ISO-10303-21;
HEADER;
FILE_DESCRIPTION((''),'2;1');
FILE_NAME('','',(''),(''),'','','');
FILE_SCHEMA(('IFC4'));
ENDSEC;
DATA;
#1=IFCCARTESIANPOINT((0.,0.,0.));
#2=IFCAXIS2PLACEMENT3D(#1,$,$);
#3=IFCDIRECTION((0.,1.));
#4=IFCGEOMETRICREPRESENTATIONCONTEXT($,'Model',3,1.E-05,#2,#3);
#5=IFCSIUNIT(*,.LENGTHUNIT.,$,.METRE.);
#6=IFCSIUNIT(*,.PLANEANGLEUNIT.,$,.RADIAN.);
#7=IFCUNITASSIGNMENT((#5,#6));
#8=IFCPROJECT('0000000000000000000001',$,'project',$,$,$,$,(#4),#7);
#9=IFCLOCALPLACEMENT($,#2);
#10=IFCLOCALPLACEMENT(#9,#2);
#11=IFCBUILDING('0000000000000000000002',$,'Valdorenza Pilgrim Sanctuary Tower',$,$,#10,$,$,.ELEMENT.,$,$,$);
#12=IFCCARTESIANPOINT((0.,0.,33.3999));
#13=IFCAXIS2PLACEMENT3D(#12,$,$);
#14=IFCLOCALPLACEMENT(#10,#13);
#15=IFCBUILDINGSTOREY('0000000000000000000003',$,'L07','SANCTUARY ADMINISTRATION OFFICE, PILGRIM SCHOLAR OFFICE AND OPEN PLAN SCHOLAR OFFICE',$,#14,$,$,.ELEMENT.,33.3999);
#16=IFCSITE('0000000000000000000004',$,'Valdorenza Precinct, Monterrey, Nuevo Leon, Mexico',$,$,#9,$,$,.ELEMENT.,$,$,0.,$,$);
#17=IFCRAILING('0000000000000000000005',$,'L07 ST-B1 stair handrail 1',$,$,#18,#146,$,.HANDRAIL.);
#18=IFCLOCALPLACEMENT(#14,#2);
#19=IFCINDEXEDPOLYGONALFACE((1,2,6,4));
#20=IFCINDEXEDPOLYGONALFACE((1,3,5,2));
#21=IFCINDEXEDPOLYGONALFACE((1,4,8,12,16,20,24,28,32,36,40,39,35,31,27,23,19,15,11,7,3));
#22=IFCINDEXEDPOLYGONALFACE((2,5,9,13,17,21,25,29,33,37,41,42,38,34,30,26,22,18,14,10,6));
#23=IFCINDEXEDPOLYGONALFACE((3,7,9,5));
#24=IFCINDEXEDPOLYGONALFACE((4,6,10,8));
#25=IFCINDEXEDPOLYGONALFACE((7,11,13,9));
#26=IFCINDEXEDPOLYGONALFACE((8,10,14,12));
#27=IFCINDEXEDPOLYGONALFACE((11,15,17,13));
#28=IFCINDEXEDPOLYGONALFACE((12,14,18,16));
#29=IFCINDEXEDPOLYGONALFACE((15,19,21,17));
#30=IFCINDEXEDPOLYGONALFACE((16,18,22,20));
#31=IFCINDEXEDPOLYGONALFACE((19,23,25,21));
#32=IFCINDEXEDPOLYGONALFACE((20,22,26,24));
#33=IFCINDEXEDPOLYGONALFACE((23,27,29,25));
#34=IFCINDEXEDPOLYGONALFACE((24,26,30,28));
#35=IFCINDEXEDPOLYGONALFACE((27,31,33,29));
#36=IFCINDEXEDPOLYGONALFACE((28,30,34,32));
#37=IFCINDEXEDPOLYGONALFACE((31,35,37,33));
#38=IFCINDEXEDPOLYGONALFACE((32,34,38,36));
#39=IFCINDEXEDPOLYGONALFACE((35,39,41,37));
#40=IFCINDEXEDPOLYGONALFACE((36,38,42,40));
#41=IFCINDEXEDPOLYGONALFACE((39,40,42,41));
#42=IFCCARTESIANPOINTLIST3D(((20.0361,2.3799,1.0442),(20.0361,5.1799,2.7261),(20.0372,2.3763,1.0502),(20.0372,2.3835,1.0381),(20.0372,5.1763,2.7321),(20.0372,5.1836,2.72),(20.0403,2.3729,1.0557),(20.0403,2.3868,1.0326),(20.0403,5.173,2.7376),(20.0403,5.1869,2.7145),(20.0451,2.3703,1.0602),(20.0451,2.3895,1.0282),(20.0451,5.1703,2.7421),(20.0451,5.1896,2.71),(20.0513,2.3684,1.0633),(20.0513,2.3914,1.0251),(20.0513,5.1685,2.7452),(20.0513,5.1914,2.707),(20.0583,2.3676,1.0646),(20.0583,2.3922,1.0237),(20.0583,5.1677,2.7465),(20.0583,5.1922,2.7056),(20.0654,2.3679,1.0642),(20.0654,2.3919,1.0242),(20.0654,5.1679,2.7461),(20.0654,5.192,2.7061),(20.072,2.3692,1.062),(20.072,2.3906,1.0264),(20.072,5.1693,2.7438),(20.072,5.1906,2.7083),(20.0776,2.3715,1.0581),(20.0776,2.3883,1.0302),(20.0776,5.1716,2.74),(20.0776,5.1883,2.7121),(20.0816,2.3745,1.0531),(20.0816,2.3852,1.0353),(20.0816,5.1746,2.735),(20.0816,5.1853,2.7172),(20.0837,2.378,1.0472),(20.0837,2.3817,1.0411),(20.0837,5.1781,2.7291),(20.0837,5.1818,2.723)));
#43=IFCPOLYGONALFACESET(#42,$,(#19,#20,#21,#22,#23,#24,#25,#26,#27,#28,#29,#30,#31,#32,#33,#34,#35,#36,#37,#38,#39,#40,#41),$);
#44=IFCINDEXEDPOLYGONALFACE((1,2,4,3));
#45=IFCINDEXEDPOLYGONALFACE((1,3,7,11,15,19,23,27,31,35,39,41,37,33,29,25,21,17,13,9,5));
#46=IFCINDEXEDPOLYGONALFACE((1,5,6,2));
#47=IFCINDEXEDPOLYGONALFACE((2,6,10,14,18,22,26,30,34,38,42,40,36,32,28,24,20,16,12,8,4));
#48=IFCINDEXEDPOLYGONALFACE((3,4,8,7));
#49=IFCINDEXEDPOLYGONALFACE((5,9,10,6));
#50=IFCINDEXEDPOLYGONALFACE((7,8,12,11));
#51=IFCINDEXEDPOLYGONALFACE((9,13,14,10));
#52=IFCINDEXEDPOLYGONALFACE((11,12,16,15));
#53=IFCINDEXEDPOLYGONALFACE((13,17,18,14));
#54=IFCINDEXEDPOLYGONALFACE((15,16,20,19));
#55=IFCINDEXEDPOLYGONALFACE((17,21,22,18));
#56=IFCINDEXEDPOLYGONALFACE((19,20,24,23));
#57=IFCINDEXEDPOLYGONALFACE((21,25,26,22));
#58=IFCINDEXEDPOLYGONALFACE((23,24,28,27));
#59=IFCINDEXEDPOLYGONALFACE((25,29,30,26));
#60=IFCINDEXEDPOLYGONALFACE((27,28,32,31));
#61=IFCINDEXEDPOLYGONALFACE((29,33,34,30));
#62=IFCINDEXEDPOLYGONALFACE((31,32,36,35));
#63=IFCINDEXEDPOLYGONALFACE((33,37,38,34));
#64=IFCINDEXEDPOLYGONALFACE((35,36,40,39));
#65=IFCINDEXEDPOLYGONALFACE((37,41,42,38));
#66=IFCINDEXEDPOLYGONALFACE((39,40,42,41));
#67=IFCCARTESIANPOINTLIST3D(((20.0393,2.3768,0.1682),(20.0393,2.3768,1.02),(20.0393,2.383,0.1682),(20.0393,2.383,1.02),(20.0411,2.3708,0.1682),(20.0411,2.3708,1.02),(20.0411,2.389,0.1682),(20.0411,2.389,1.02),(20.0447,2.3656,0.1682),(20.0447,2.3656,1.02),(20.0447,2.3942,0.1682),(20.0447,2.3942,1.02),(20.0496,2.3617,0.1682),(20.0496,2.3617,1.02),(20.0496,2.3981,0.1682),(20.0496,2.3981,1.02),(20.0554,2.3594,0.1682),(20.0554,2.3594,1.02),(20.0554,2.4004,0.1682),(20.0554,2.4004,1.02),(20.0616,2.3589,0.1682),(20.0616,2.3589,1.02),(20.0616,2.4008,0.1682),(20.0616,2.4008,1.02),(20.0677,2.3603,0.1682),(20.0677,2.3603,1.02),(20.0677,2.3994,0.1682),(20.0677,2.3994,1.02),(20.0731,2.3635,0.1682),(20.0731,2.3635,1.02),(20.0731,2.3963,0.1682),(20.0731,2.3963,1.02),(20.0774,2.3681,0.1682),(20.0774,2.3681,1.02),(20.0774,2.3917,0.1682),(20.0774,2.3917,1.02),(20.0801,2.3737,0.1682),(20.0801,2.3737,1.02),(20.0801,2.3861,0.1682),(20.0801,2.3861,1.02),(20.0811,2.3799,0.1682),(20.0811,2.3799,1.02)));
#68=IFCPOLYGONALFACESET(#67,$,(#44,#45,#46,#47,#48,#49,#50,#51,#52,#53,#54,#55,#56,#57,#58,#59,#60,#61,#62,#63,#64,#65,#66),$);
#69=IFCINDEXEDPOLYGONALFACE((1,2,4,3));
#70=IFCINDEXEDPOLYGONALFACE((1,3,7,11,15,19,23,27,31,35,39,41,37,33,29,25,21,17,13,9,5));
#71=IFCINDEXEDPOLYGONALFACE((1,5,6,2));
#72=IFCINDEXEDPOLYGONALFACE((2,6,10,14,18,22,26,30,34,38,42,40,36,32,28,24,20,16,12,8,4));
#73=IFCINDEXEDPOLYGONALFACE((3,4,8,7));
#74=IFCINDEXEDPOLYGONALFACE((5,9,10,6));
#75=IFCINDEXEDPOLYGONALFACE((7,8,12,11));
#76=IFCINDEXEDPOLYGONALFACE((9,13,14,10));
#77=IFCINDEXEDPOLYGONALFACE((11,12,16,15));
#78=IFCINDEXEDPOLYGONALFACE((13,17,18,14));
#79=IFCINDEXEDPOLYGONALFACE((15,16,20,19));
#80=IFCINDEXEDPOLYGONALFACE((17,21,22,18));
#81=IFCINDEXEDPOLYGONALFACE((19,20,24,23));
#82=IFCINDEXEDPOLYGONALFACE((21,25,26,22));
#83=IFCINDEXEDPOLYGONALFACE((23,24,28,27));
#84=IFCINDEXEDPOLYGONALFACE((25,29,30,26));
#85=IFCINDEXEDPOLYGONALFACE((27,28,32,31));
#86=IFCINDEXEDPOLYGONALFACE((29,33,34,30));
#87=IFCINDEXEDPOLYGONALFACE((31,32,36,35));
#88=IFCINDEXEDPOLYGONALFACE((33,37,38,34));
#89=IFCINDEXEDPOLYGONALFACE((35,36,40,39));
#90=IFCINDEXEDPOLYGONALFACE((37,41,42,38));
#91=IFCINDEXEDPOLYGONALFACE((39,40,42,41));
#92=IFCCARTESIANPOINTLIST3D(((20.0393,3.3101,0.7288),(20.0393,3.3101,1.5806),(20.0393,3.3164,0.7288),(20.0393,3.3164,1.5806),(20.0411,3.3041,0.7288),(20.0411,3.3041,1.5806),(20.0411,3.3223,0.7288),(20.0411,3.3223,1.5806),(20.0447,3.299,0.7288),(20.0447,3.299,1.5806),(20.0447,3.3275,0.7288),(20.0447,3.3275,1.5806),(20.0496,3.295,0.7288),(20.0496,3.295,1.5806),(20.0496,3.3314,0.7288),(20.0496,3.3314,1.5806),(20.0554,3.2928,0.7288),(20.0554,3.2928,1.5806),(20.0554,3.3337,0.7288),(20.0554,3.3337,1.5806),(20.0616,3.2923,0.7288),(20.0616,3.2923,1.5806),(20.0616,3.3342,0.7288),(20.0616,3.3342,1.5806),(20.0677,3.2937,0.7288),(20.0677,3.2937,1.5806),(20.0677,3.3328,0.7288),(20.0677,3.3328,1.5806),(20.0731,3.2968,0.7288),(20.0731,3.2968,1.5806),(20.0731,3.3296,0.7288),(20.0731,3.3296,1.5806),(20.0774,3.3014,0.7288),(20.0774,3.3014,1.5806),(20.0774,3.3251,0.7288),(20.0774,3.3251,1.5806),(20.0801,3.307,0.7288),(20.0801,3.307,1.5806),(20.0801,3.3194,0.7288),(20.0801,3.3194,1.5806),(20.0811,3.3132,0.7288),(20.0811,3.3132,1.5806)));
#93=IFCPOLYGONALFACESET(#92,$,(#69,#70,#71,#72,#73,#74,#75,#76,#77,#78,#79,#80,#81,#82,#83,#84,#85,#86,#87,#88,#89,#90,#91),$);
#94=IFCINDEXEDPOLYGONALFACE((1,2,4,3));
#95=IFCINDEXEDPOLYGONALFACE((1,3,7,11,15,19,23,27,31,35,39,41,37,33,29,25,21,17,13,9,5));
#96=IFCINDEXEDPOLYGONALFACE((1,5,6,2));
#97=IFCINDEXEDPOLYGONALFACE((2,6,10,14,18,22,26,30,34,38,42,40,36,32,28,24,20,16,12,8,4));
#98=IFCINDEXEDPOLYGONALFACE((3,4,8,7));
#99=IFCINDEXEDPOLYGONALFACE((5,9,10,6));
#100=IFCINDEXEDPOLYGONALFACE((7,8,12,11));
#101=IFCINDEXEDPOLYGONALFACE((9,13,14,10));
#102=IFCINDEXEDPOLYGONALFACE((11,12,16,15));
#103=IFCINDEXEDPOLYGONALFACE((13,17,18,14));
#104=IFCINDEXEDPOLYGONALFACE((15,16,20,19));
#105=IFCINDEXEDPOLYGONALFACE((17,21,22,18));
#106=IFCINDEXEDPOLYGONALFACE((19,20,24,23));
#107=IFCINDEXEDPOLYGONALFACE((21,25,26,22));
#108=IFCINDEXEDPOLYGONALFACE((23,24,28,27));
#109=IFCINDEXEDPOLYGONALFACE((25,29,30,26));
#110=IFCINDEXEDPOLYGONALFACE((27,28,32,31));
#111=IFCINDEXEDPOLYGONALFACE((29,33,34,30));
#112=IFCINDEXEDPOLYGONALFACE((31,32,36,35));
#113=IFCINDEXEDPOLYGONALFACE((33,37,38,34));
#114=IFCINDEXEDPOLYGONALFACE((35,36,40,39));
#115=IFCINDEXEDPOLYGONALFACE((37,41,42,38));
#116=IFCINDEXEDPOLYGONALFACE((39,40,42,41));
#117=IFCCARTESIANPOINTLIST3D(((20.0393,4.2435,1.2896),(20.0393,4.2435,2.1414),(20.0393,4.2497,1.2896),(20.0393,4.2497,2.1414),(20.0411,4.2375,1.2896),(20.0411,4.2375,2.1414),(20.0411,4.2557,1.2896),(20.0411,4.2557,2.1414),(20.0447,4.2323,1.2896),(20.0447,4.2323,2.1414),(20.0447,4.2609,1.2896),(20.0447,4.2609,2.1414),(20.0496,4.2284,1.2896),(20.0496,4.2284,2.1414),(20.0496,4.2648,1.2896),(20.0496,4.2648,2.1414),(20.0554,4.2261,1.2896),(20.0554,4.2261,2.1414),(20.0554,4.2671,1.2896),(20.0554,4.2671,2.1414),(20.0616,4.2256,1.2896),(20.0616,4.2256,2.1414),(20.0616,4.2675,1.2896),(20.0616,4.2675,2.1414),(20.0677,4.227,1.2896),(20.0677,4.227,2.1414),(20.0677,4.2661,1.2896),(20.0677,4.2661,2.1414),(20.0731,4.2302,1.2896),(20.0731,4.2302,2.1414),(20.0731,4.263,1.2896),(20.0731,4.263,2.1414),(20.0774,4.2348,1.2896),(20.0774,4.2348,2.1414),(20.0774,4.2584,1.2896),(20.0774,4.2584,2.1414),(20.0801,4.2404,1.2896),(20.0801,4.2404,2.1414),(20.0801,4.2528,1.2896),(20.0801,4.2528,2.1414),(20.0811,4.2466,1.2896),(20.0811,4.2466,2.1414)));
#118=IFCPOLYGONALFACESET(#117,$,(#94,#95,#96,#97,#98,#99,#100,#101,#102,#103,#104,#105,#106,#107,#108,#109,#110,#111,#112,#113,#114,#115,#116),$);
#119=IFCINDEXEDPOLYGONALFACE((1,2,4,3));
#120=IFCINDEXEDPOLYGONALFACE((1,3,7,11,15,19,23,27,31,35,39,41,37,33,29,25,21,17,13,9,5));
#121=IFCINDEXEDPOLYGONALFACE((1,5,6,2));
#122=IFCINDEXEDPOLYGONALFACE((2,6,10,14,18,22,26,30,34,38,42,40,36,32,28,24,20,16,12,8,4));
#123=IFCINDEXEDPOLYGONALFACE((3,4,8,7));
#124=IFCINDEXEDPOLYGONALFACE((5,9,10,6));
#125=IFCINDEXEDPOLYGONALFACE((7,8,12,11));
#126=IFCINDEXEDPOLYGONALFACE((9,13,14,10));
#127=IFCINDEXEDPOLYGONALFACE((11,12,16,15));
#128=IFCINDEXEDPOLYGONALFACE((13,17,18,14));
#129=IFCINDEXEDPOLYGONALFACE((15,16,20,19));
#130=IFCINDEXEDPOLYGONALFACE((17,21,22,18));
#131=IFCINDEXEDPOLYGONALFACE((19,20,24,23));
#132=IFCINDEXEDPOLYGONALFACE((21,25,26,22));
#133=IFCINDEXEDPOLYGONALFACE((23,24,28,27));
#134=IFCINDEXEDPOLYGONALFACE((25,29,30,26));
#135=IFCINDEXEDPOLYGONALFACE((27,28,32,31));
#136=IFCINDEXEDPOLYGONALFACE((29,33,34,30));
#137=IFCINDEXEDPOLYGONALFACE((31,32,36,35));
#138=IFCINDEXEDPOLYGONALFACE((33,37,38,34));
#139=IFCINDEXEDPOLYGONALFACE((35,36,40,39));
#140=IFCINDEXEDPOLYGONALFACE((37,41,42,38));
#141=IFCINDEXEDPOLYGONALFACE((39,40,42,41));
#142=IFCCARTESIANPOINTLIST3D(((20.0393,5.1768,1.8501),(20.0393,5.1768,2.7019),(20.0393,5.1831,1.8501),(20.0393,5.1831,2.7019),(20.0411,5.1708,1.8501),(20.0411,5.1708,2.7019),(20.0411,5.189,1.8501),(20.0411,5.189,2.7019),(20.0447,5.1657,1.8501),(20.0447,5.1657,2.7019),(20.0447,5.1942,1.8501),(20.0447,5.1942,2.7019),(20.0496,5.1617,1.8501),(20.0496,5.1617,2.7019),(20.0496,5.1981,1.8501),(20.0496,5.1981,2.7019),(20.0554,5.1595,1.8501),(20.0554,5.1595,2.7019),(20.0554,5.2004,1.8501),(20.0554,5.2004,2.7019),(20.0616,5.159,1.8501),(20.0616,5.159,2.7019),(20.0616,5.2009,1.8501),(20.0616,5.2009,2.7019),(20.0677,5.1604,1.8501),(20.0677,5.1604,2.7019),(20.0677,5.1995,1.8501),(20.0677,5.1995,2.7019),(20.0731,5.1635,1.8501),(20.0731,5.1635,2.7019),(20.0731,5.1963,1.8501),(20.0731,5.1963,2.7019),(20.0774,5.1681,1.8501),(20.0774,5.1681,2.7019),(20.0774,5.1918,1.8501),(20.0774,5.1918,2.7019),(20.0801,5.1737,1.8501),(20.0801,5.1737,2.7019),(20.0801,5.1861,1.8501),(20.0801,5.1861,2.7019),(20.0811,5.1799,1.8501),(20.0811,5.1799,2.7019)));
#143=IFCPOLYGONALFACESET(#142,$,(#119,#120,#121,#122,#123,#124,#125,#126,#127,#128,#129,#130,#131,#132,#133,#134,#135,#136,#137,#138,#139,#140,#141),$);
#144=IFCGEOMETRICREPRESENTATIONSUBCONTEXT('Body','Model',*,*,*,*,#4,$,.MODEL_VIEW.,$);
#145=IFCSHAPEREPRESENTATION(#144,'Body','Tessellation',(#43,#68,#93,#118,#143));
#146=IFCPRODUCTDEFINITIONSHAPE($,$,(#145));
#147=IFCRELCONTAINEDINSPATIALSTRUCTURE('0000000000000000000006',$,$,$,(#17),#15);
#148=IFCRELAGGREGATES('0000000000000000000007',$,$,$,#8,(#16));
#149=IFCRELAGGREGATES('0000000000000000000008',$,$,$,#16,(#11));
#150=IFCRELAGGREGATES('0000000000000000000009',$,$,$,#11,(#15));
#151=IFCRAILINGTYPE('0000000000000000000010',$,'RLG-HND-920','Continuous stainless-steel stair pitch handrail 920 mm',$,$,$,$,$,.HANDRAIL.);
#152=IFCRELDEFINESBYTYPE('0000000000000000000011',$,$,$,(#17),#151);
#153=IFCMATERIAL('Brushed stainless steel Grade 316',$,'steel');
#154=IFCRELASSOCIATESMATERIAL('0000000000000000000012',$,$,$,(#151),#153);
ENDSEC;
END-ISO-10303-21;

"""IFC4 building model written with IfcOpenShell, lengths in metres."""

from ifc_helpers import new_model, si_unit, direction, frame, origin, origin_2d, place, context, subcontext, project, spatial, circle, extrude, material, type_object, element, save


model = new_model("IFC4")

# Units and contexts
model_context = context("Model", 3, precision=1e-05, world=origin(), true_north=direction((0.0, 1.0)))
body_context = subcontext(model_context, "Body", "Model", "MODEL_VIEW")
ifc_project = project(units=[si_unit("LENGTHUNIT", "METRE"), si_unit("PLANEANGLEUNIT", "RADIAN")], contexts=[model_context])

# Site, building, storey
site_placement = place(None, origin())
site = spatial("IfcSite", under=ifc_project, at=site_placement, Name="Valdorenza Precinct, Monterrey, Nuevo Leon, Mexico", CompositionType="ELEMENT", RefElevation=0.0)
building_placement = place(site_placement, origin())
building = spatial("IfcBuilding", under=site, at=building_placement, Name="Valdorenza Pilgrim Sanctuary Tower", CompositionType="ELEMENT")
storey_placement = place(building_placement, frame((0.0, 0.0, 33.3999)))
storey = spatial("IfcBuildingStorey", under=building, at=storey_placement, Name="L07", Description="SANCTUARY ADMINISTRATION OFFICE, PILGRIM SCHOLAR OFFICE AND OPEN PLAN SCHOLAR OFFICE", CompositionType="ELEMENT", Elevation=33.3999)

# Railing
ifc_material_1 = material(Name="Brushed stainless steel Grade 316", Category="steel")
railing_type_1 = type_object("IfcRailingType", Name="RLG-HND-920", Description="Continuous stainless-steel stair pitch handrail 920 mm", PredefinedType="HANDRAIL", material=ifc_material_1)
railing_1_placement = place(storey_placement, frame((20.0601, 2.3799, 0.1682)))
element("IfcRailing", 1, at=railing_1_placement, inside=storey, type_object=railing_type_1, Name="L07 ST-B1 stair handrail 1", PredefinedType="HANDRAIL", context=body_context, shape_type="SweptSolid", body=[
    extrude(circle(Radius=0.0239, at=origin_2d()), frame((0.0, 0.0, 0.876), z_axis=(0.0, 0.857242, 0.514913), x_axis=(-1.0, 0.0, 0.0)), (0.0, 0.0, 1.0), 3.2664),
    extrude(circle(Radius=0.021, at=origin_2d()), origin(), (0.0, 0.0, 1.0), 0.8518),
    extrude(circle(Radius=0.021, at=origin_2d()), frame((0.0, 0.9333, 0.5605)), (0.0, 0.0, 1.0), 0.8518),
    extrude(circle(Radius=0.021, at=origin_2d()), frame((0.0, 1.8667, 1.1213)), (0.0, 0.0, 1.0), 0.8518),
    extrude(circle(Radius=0.021, at=origin_2d()), frame((0.0, 2.8, 1.6819)), (0.0, 0.0, 1.0), 0.8518),
])

save(model, "model.ifc")
